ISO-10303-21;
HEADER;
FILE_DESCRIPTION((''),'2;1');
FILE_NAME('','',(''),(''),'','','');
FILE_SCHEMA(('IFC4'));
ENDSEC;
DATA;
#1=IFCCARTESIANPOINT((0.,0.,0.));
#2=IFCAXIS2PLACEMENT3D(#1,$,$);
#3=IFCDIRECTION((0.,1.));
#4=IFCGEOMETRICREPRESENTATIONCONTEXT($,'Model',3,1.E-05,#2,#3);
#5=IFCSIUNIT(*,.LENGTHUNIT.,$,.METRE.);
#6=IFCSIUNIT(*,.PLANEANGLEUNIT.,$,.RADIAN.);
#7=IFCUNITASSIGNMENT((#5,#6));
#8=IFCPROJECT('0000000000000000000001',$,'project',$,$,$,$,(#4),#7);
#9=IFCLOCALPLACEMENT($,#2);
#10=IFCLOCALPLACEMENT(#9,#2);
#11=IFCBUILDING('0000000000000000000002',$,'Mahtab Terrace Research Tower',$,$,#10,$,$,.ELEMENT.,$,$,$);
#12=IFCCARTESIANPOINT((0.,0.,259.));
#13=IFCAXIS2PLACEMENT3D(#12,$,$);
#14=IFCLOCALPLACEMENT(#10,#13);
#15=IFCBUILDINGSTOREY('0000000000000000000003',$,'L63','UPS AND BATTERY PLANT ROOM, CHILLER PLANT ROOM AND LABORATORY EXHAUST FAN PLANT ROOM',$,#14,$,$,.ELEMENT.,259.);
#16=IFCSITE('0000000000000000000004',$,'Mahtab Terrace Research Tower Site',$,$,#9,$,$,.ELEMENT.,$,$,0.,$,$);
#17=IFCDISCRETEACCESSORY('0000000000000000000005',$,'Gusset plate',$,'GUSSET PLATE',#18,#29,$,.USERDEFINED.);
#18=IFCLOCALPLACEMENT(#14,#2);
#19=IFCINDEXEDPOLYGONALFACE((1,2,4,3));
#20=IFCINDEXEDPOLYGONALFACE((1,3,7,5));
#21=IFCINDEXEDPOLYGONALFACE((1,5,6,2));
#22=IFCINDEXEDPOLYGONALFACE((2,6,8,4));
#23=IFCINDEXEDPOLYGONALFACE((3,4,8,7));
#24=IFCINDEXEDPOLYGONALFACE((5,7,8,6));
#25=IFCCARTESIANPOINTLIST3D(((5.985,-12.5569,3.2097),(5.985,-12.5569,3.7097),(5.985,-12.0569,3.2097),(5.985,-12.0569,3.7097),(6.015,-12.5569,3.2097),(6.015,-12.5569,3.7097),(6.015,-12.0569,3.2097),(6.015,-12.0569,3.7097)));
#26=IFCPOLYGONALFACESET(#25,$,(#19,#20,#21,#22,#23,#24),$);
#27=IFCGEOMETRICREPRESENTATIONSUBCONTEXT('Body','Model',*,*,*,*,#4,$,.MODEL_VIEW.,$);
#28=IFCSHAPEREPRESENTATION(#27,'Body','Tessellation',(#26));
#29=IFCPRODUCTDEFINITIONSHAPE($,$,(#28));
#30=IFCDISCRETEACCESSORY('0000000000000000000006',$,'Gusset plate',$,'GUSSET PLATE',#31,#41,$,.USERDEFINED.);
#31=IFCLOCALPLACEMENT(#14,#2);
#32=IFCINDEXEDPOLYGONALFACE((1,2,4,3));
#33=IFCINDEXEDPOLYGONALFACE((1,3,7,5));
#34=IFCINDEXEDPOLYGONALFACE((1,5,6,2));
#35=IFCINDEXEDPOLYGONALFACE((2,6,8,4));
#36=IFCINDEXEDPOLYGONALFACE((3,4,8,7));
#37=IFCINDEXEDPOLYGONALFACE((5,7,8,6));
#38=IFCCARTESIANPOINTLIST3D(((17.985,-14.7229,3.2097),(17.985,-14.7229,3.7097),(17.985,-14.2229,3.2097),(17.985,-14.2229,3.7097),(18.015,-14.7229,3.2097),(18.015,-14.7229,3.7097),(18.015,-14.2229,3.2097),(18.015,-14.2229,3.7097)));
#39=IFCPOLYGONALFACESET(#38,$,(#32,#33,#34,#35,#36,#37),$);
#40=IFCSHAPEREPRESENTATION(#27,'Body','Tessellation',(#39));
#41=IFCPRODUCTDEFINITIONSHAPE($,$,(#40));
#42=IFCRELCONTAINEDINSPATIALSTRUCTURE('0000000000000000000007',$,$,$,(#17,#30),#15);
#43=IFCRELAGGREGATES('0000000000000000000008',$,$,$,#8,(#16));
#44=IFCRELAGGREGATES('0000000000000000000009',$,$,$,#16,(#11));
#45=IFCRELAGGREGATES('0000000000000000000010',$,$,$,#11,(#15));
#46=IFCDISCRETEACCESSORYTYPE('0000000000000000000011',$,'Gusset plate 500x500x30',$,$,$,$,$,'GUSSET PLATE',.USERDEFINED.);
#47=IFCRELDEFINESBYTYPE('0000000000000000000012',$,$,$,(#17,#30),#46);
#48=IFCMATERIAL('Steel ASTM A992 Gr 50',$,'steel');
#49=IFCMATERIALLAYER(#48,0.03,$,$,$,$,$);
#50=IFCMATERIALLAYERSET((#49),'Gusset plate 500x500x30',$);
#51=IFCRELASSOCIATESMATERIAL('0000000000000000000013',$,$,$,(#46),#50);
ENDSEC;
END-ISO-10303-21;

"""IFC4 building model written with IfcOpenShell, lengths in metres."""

from ifc_helpers import new_model, si_unit, direction, frame, origin, origin_2d, place, context, subcontext, project, spatial, rectangle, extrude, material, layer, layer_set, type_object, element, save


model = new_model("IFC4")

# Units and contexts
model_context = context("Model", 3, precision=1e-05, world=origin(), true_north=direction((0.0, 1.0)))
body_context = subcontext(model_context, "Body", "Model", "MODEL_VIEW")
ifc_project = project(units=[si_unit("LENGTHUNIT", "METRE"), si_unit("PLANEANGLEUNIT", "RADIAN")], contexts=[model_context])

# Site, building, storey
site_placement = place(None, origin())
site = spatial("IfcSite", under=ifc_project, at=site_placement, Name="Mahtab Terrace Research Tower Site", CompositionType="ELEMENT", RefElevation=0.0)
building_placement = place(site_placement, origin())
building = spatial("IfcBuilding", under=site, at=building_placement, Name="Mahtab Terrace Research Tower", CompositionType="ELEMENT")
storey_placement = place(building_placement, frame((0.0, 0.0, 259.0)))
storey = spatial("IfcBuildingStorey", under=building, at=storey_placement, Name="L63", Description="UPS AND BATTERY PLANT ROOM, CHILLER PLANT ROOM AND LABORATORY EXHAUST FAN PLANT ROOM", CompositionType="ELEMENT", Elevation=259.0)

# Shared definitions
ifc_material_1 = material(Name="Steel ASTM A992 Gr 50", Category="steel")

# Discrete accessories
ifc_layer = layer(ifc_material_1, 0.03)
ifc_layer_set = layer_set([ifc_layer], Name="Gusset plate 500x500x30")
discrete_accessory_type_1 = type_object("IfcDiscreteAccessoryType", Name="Gusset plate 500x500x30", ElementType="GUSSET PLATE", PredefinedType="USERDEFINED", material=ifc_layer_set)
for number, where, z_axis, x_axis, name in (
    (1, (6.0, -12.3069, 3.2097), (0.0, 0.0, 1.0), (0.0, 1.0, 0.0), "Gusset plate"),
    (2, (18.0, -14.4729, 3.2097), (0.0, 0.0, 1.0), (0.0, 1.0, 0.0), "Gusset plate"),
):
    element("IfcDiscreteAccessory", number, at=place(storey_placement, frame(where, z_axis=z_axis, x_axis=x_axis)), inside=storey, type_object=discrete_accessory_type_1, Name=name, ObjectType="GUSSET PLATE", PredefinedType="USERDEFINED", context=body_context, shape_type="SweptSolid", body=[
        extrude(rectangle(XDim=0.5, YDim=0.03, at=origin_2d()), origin(), (0.0, 0.0, 1.0), 0.5),
    ])

save(model, "model.ifc")
